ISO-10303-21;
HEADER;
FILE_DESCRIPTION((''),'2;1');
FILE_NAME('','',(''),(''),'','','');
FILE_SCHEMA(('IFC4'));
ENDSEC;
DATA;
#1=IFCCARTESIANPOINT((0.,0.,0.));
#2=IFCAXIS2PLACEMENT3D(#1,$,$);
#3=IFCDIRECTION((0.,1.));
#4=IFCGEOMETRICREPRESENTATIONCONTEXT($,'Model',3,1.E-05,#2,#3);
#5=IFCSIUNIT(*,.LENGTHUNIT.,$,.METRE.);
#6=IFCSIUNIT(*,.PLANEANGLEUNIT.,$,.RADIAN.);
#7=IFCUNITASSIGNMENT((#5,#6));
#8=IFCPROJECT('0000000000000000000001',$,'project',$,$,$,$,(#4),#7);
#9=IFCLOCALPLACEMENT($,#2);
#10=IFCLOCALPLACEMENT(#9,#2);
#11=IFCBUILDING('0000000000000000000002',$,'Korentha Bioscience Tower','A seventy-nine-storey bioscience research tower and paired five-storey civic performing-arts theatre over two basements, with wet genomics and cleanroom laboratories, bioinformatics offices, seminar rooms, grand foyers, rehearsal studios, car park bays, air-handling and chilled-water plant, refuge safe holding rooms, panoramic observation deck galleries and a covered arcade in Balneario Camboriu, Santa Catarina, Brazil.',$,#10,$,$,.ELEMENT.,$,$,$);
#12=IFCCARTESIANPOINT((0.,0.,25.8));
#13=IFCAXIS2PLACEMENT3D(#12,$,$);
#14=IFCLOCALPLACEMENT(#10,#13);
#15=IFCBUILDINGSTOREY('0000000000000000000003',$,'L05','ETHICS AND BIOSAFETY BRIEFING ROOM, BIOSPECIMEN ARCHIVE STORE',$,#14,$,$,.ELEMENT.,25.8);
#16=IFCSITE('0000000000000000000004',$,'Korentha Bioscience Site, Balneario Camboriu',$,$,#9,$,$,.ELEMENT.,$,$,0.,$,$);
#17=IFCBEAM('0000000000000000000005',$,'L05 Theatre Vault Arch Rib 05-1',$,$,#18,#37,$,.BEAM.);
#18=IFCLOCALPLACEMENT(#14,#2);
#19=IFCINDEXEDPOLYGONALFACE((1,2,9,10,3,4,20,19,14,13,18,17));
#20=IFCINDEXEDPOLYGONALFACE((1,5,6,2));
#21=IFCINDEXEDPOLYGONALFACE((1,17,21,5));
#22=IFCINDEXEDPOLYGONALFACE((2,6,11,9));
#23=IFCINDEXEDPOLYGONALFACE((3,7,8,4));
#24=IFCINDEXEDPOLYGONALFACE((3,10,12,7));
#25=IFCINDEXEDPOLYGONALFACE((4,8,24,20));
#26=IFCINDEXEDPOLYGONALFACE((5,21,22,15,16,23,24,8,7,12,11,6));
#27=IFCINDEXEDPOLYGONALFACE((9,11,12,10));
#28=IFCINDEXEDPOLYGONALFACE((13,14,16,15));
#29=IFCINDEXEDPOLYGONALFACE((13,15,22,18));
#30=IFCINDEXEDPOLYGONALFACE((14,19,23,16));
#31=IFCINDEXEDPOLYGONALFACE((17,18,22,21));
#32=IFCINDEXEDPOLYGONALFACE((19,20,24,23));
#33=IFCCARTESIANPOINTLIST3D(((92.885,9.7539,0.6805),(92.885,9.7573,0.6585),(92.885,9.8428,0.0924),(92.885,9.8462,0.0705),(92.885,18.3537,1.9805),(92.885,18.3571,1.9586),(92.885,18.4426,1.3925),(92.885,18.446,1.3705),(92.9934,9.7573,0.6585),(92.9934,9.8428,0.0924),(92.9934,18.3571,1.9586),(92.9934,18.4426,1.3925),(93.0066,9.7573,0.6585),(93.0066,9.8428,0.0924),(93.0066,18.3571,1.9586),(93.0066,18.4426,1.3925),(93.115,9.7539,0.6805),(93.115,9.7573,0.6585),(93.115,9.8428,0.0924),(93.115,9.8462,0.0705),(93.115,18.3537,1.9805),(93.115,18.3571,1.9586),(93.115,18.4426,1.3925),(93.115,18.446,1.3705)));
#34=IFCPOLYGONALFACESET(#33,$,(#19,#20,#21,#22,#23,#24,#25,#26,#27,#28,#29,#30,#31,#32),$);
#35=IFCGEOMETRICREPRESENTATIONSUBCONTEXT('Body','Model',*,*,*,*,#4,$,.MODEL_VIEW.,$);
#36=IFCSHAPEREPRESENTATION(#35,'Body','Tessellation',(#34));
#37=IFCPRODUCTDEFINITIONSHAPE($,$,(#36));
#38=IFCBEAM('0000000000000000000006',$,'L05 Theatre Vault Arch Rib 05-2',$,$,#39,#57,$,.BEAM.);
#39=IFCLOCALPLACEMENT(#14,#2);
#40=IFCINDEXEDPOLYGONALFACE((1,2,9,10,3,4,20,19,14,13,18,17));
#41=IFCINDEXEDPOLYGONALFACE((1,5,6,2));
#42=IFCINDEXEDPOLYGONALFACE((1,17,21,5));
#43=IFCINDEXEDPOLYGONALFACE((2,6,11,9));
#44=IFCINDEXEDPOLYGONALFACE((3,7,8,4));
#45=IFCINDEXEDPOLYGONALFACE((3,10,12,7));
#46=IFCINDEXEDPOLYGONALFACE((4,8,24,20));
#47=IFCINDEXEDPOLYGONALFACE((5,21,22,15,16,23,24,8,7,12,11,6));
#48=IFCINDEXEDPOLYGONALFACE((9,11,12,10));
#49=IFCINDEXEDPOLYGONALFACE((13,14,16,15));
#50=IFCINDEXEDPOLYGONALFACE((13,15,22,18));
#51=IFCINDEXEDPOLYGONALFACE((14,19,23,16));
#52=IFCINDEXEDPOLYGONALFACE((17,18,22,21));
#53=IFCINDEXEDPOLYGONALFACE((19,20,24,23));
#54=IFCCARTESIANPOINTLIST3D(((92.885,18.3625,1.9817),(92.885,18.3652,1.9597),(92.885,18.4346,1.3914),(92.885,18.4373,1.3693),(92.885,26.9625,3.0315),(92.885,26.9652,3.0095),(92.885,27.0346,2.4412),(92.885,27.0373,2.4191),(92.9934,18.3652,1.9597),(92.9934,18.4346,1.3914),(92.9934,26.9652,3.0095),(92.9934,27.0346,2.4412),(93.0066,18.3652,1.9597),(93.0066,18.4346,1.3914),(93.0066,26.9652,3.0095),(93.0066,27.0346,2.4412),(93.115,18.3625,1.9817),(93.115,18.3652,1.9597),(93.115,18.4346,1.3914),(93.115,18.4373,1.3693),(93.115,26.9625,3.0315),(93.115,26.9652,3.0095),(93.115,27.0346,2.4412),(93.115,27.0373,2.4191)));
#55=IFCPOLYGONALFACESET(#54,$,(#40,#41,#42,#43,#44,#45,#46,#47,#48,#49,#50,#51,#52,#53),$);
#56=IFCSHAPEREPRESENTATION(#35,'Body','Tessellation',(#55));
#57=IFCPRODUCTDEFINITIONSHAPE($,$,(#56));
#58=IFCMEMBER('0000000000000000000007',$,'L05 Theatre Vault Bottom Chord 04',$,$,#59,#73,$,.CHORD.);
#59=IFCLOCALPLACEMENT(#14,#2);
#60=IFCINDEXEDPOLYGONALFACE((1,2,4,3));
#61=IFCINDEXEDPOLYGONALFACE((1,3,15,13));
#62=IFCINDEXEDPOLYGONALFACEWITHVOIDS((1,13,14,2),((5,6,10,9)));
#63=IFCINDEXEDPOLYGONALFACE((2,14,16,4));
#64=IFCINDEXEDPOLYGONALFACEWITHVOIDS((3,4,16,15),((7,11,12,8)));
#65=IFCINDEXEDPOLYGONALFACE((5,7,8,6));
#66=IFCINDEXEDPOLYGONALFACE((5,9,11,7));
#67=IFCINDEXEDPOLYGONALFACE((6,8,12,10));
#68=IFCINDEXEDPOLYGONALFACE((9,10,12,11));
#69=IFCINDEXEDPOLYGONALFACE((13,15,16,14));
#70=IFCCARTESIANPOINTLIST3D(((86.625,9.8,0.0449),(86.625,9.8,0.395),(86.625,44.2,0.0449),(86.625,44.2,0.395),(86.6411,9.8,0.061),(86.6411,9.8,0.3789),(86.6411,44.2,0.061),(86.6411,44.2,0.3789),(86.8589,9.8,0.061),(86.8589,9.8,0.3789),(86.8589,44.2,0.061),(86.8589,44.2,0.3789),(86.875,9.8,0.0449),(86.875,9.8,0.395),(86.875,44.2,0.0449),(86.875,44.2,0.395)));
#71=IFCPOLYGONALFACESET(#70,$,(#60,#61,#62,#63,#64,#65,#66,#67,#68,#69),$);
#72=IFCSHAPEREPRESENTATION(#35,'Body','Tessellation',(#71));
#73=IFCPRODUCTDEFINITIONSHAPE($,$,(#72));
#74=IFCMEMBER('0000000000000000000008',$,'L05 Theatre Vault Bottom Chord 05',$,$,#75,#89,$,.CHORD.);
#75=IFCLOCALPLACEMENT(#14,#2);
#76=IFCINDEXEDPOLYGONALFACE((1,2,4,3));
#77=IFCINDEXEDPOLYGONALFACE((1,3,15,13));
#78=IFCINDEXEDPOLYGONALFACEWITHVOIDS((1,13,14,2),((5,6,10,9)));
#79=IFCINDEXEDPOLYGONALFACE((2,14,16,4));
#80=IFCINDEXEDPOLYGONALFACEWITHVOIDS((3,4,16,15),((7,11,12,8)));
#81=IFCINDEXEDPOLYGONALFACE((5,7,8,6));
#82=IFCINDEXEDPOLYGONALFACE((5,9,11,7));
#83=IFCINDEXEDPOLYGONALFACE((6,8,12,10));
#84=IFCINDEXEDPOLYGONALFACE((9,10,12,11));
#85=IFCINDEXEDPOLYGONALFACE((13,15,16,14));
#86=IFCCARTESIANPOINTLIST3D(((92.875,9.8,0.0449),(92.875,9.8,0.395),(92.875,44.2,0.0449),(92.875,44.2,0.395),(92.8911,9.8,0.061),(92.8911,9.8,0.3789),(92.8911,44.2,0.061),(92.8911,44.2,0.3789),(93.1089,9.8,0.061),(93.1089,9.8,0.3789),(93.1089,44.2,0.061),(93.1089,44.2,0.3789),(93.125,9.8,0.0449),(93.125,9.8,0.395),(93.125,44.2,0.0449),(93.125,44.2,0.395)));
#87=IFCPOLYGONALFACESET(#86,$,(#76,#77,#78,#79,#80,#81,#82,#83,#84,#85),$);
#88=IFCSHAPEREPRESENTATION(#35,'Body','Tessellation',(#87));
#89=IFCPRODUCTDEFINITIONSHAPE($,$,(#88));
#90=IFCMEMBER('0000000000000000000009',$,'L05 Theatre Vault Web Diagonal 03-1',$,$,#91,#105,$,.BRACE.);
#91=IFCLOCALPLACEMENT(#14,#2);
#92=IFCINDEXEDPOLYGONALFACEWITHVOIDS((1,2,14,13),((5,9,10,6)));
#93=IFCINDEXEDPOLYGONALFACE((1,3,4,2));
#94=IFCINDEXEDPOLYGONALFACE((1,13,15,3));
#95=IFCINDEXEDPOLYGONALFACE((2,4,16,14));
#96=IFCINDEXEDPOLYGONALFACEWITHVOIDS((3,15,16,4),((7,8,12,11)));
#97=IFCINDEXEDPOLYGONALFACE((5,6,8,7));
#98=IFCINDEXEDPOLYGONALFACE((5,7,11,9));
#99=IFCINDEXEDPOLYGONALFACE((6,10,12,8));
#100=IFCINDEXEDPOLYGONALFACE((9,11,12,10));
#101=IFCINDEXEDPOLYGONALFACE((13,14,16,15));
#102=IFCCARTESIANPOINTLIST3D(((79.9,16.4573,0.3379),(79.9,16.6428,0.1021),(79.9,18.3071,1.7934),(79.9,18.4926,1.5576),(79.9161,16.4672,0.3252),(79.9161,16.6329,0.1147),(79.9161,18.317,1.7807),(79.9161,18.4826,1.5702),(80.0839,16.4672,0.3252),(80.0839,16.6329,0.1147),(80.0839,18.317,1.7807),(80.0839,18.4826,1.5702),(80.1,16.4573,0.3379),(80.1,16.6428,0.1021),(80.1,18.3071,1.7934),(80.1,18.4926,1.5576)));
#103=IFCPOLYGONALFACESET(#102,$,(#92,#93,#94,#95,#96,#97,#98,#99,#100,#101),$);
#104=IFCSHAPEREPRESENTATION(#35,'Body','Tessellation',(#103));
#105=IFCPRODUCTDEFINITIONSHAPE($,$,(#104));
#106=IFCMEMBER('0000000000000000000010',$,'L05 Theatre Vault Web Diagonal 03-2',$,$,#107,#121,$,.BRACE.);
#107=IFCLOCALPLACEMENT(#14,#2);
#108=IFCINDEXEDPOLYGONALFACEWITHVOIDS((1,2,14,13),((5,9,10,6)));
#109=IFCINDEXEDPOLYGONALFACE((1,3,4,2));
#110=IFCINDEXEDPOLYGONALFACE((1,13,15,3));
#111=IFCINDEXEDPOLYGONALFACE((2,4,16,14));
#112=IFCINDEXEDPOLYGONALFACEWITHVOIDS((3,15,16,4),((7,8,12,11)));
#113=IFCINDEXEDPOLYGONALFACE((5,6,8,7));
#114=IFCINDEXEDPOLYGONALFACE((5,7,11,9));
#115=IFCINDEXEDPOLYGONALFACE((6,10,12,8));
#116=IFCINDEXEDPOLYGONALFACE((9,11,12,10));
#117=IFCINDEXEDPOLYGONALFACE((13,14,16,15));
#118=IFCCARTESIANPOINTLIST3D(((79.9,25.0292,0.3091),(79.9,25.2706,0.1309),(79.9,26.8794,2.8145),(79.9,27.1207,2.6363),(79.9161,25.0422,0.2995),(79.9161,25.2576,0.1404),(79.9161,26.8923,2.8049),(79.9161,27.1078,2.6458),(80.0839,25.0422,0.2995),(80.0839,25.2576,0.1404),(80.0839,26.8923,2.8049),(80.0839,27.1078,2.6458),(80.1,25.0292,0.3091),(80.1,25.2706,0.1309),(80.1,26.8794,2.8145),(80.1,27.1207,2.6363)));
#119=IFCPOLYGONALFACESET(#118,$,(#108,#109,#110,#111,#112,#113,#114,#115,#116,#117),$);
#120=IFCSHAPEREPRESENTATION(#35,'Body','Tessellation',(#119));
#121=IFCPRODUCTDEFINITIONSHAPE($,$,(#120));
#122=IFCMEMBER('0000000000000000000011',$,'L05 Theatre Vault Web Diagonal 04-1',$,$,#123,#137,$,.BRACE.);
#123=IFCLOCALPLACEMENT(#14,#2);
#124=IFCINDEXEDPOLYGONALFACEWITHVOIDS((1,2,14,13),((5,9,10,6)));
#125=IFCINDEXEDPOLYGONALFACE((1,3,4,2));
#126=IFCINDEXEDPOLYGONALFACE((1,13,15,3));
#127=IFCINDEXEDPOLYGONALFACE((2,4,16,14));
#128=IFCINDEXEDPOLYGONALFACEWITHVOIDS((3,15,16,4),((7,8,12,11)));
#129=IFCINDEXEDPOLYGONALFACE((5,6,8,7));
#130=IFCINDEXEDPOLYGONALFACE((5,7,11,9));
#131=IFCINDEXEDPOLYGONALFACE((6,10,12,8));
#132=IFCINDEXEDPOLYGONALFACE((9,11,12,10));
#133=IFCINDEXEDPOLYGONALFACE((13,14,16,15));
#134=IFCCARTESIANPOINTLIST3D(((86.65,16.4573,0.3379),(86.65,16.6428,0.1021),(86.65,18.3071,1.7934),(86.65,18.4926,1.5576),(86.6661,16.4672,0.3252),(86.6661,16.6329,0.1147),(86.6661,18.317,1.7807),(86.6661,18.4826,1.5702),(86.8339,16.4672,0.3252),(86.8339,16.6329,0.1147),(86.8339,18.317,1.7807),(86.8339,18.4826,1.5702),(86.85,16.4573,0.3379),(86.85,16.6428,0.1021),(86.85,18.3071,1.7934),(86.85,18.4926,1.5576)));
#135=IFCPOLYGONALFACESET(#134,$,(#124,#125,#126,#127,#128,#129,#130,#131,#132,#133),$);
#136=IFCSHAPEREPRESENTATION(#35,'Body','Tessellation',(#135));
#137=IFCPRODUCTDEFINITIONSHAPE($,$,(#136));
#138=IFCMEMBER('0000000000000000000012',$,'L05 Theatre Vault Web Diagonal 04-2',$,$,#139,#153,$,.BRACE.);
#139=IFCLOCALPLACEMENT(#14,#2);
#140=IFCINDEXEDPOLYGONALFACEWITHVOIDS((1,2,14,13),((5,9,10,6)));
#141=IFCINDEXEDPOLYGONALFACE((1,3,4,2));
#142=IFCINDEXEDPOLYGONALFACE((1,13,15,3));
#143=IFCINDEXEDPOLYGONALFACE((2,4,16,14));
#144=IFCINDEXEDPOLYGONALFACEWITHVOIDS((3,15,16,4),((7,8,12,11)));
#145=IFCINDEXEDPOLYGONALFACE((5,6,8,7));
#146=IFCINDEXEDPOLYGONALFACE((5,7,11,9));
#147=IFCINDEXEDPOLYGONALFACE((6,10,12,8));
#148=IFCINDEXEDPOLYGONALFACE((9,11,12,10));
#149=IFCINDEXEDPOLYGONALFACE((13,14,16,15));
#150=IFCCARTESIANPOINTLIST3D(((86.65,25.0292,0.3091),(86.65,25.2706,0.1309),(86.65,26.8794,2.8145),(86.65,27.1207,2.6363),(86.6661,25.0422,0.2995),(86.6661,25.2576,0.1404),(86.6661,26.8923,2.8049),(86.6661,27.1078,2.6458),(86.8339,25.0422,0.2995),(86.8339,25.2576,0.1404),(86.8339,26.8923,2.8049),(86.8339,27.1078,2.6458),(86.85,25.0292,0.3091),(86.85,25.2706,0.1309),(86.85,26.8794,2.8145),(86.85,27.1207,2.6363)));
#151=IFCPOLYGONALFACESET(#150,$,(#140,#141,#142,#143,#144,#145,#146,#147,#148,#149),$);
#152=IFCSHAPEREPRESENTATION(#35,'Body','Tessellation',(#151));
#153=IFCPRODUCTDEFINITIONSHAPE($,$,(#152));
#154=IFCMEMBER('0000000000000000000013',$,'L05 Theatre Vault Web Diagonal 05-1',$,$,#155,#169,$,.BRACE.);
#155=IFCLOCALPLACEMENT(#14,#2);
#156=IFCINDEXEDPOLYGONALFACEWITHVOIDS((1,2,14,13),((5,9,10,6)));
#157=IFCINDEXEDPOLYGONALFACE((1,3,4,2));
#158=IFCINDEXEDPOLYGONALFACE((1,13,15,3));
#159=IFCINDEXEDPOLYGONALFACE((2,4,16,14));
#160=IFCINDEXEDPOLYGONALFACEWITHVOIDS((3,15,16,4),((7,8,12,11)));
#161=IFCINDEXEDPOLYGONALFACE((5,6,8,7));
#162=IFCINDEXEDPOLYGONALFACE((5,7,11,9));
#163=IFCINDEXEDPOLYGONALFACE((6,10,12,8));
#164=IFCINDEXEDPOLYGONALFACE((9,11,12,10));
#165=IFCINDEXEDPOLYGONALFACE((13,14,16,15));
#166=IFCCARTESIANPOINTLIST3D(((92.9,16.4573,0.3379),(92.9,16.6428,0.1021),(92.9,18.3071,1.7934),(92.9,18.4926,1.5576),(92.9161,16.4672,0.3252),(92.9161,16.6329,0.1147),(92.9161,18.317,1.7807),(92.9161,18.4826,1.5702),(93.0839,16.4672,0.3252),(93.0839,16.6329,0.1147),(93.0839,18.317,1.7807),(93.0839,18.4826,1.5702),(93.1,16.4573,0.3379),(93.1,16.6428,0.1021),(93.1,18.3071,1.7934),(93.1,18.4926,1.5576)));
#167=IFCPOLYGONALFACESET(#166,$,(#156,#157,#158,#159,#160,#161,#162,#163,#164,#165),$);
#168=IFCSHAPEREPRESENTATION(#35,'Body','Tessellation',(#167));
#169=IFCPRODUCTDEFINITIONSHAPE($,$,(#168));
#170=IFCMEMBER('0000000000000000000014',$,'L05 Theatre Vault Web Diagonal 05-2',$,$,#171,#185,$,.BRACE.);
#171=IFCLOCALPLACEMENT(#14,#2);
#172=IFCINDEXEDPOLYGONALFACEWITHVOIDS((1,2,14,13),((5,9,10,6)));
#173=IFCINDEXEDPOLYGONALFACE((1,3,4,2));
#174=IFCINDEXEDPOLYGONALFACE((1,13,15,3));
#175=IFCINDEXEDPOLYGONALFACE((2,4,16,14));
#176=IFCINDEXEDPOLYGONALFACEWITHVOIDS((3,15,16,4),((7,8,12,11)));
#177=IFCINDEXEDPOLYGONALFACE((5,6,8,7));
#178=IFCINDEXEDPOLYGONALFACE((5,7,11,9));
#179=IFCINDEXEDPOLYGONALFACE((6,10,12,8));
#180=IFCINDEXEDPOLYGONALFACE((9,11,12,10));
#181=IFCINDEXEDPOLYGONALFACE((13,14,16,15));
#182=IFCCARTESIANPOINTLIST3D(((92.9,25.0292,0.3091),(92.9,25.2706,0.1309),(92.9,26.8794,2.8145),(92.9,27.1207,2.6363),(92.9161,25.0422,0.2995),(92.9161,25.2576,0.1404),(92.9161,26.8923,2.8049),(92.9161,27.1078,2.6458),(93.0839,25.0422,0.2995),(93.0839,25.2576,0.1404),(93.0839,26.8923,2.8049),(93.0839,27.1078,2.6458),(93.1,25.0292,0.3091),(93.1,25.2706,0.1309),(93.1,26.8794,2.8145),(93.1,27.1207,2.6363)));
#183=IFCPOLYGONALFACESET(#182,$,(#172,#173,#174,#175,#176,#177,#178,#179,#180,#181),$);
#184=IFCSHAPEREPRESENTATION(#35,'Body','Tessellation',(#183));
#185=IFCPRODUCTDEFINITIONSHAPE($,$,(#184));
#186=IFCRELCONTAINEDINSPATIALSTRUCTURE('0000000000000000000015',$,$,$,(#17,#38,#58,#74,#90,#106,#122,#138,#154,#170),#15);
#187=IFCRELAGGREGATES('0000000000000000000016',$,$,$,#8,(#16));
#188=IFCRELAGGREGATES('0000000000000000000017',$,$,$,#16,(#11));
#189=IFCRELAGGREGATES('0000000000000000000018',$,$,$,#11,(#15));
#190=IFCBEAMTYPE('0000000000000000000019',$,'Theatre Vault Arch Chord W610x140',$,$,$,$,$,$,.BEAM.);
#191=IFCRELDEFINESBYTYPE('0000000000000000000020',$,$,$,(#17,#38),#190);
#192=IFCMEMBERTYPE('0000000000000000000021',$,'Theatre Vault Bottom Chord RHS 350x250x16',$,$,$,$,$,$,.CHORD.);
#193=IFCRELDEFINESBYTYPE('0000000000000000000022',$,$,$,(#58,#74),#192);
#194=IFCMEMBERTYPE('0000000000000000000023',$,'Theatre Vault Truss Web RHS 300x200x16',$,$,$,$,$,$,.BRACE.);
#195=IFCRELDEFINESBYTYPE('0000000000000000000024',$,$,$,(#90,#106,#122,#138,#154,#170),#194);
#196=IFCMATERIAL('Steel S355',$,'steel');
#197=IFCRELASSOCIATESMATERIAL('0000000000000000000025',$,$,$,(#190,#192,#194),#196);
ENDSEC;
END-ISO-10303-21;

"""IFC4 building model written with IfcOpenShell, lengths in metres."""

from ifc_helpers import new_model, si_unit, direction, frame, origin, origin_2d, place, context, subcontext, project, spatial, hollow_rectangle, i_section, extrude, material, material_profile, profile_set, type_object, element, save


model = new_model("IFC4")

# Units and contexts
model_context = context("Model", 3, precision=1e-05, world=origin(), true_north=direction((0.0, 1.0)))
body_context = subcontext(model_context, "Body", "Model", "MODEL_VIEW")
ifc_project = project(units=[si_unit("LENGTHUNIT", "METRE"), si_unit("PLANEANGLEUNIT", "RADIAN")], contexts=[model_context])

# Site, building, storey
site_placement = place(None, origin())
site = spatial("IfcSite", under=ifc_project, at=site_placement, Name="Korentha Bioscience Site, Balneario Camboriu", CompositionType="ELEMENT", RefElevation=0.0)
building_placement = place(site_placement, origin())
building = spatial("IfcBuilding", under=site, at=building_placement, Name="Korentha Bioscience Tower", Description="A seventy-nine-storey bioscience research tower and paired five-storey civic performing-arts theatre over two basements, with wet genomics and cleanroom laboratories, bioinformatics offices, seminar rooms, grand foyers, rehearsal studios, car park bays, air-handling and chilled-water plant, refuge safe holding rooms, panoramic observation deck galleries and a covered arcade in Balneario Camboriu, Santa Catarina, Brazil.", CompositionType="ELEMENT")
storey_placement = place(building_placement, frame((0.0, 0.0, 25.8)))
storey = spatial("IfcBuildingStorey", under=building, at=storey_placement, Name="L05", Description="ETHICS AND BIOSAFETY BRIEFING ROOM, BIOSPECIMEN ARCHIVE STORE", CompositionType="ELEMENT", Elevation=25.8)

# Shared definitions
ifc_material = material(Name="Steel S355", Category="steel")

# Beams
ifc_material_profile_1 = material_profile(ifc_material, i_section(OverallWidth=0.23, OverallDepth=0.6169, WebThickness=0.0132, FlangeThickness=0.0222, at=origin_2d()), Name="Steel S355")
ifc_profile_set_1 = profile_set([ifc_material_profile_1], Name="Steel S355 (TV-610)")
beam_type = type_object("IfcBeamType", Name="Theatre Vault Arch Chord W610x140", PredefinedType="BEAM", material=ifc_profile_set_1)
beam_1_placement = place(storey_placement, frame((93.0, 9.8, 0.3755), z_axis=(0.0, 0.988766, 0.149473), x_axis=(-1.0, 0.0, 0.0)))
element("IfcBeam", 1, at=beam_1_placement, inside=storey, type_object=beam_type, Name="L05 Theatre Vault Arch Rib 05-1", PredefinedType="BEAM", context=body_context, shape_type="SweptSolid", body=[
    extrude(i_section(OverallWidth=0.23, OverallDepth=0.6169, WebThickness=0.0132, FlangeThickness=0.0222, at=origin_2d()), origin(), (0.0, 0.0, 1.0), 8.6975),
])
beam_2_placement = place(storey_placement, frame((93.0, 18.3999, 1.6755), z_axis=(0.0, 0.992632, 0.12117), x_axis=(-1.0, 0.0, 0.0)))
element("IfcBeam", 2, at=beam_2_placement, inside=storey, type_object=beam_type, Name="L05 Theatre Vault Arch Rib 05-2", PredefinedType="BEAM", context=body_context, shape_type="SweptSolid", body=[
    extrude(i_section(OverallWidth=0.23, OverallDepth=0.6169, WebThickness=0.0132, FlangeThickness=0.0222, at=origin_2d()), origin(), (0.0, 0.0, 1.0), 8.6638),
])

# Members
ifc_material_profile_2 = material_profile(ifc_material, hollow_rectangle(XDim=0.25, YDim=0.3501, WallThickness=0.0161, at=origin_2d()), Name="Steel S355")
ifc_profile_set_2 = profile_set([ifc_material_profile_2], Name="Steel S355 (TV-C350)")
member_type_1 = type_object("IfcMemberType", Name="Theatre Vault Bottom Chord RHS 350x250x16", PredefinedType="CHORD", material=ifc_profile_set_2)
for number, where, z_axis, x_axis, name in (
    (3, (86.75, 9.8, 0.22), (0.0, 1.0, 0.0), (-1.0, 0.0, 0.0), "L05 Theatre Vault Bottom Chord 04"),
    (4, (93.0, 9.8, 0.22), (0.0, 1.0, 0.0), (-1.0, 0.0, 0.0), "L05 Theatre Vault Bottom Chord 05"),
):
    element("IfcMember", number, at=place(storey_placement, frame(where, z_axis=z_axis, x_axis=x_axis)), inside=storey, type_object=member_type_1, Name=name, PredefinedType="CHORD", context=body_context, shape_type="SweptSolid", body=[
        extrude(hollow_rectangle(XDim=0.25, YDim=0.3501, WallThickness=0.0161, at=origin_2d()), origin(), (0.0, 0.0, 1.0), 34.3999),
    ])
ifc_material_profile_3 = material_profile(ifc_material, hollow_rectangle(XDim=0.2, YDim=0.3, WallThickness=0.0161, at=origin_2d()), Name="Steel S355")
ifc_profile_set_3 = profile_set([ifc_material_profile_3], Name="Steel S355 (TV-W300)")
member_type_2 = type_object("IfcMemberType", Name="Theatre Vault Truss Web RHS 300x200x16", PredefinedType="BRACE", material=ifc_profile_set_3)
member_1_placement = place(storey_placement, frame((80.0, 16.55, 0.22), z_axis=(0.0, 0.785883, 0.618376), x_axis=(-1.0, 0.0, 0.0)))
element("IfcMember", 5, at=member_1_placement, inside=storey, type_object=member_type_2, Name="L05 Theatre Vault Web Diagonal 03-1", PredefinedType="BRACE", context=body_context, shape_type="SweptSolid", body=[
    extrude(hollow_rectangle(XDim=0.2, YDim=0.3, WallThickness=0.0161, at=origin_2d()), origin(), (0.0, 0.0, 1.0), 2.3538),
])
member_2_placement = place(storey_placement, frame((80.0, 25.1499, 0.22), z_axis=(0.0, 0.594038, 0.804437), x_axis=(-1.0, 0.0, 0.0)))
element("IfcMember", 6, at=member_2_placement, inside=storey, type_object=member_type_2, Name="L05 Theatre Vault Web Diagonal 03-2", PredefinedType="BRACE", context=body_context, shape_type="SweptSolid", body=[
    extrude(hollow_rectangle(XDim=0.2, YDim=0.3, WallThickness=0.0161, at=origin_2d()), origin(), (0.0, 0.0, 1.0), 3.1145),
])
member_3_placement = place(storey_placement, frame((86.75, 16.55, 0.22), z_axis=(0.0, 0.785883, 0.618376), x_axis=(-1.0, 0.0, 0.0)))
element("IfcMember", 7, at=member_3_placement, inside=storey, type_object=member_type_2, Name="L05 Theatre Vault Web Diagonal 04-1", PredefinedType="BRACE", context=body_context, shape_type="SweptSolid", body=[
    extrude(hollow_rectangle(XDim=0.2, YDim=0.3, WallThickness=0.0161, at=origin_2d()), origin(), (0.0, 0.0, 1.0), 2.3538),
])
member_4_placement = place(storey_placement, frame((86.75, 25.1499, 0.22), z_axis=(0.0, 0.594038, 0.804437), x_axis=(-1.0, 0.0, 0.0)))
element("IfcMember", 8, at=member_4_placement, inside=storey, type_object=member_type_2, Name="L05 Theatre Vault Web Diagonal 04-2", PredefinedType="BRACE", context=body_context, shape_type="SweptSolid", body=[
    extrude(hollow_rectangle(XDim=0.2, YDim=0.3, WallThickness=0.0161, at=origin_2d()), origin(), (0.0, 0.0, 1.0), 3.1145),
])
member_5_placement = place(storey_placement, frame((93.0, 16.55, 0.22), z_axis=(0.0, 0.785883, 0.618376), x_axis=(-1.0, 0.0, 0.0)))
element("IfcMember", 9, at=member_5_placement, inside=storey, type_object=member_type_2, Name="L05 Theatre Vault Web Diagonal 05-1", PredefinedType="BRACE", context=body_context, shape_type="SweptSolid", body=[
    extrude(hollow_rectangle(XDim=0.2, YDim=0.3, WallThickness=0.0161, at=origin_2d()), origin(), (0.0, 0.0, 1.0), 2.3538),
])
member_6_placement = place(storey_placement, frame((93.0, 25.1499, 0.22), z_axis=(0.0, 0.594038, 0.804437), x_axis=(-1.0, 0.0, 0.0)))
element("IfcMember", 10, at=member_6_placement, inside=storey, type_object=member_type_2, Name="L05 Theatre Vault Web Diagonal 05-2", PredefinedType="BRACE", context=body_context, shape_type="SweptSolid", body=[
    extrude(hollow_rectangle(XDim=0.2, YDim=0.3, WallThickness=0.0161, at=origin_2d()), origin(), (0.0, 0.0, 1.0), 3.1145),
])

save(model, "model.ifc")
